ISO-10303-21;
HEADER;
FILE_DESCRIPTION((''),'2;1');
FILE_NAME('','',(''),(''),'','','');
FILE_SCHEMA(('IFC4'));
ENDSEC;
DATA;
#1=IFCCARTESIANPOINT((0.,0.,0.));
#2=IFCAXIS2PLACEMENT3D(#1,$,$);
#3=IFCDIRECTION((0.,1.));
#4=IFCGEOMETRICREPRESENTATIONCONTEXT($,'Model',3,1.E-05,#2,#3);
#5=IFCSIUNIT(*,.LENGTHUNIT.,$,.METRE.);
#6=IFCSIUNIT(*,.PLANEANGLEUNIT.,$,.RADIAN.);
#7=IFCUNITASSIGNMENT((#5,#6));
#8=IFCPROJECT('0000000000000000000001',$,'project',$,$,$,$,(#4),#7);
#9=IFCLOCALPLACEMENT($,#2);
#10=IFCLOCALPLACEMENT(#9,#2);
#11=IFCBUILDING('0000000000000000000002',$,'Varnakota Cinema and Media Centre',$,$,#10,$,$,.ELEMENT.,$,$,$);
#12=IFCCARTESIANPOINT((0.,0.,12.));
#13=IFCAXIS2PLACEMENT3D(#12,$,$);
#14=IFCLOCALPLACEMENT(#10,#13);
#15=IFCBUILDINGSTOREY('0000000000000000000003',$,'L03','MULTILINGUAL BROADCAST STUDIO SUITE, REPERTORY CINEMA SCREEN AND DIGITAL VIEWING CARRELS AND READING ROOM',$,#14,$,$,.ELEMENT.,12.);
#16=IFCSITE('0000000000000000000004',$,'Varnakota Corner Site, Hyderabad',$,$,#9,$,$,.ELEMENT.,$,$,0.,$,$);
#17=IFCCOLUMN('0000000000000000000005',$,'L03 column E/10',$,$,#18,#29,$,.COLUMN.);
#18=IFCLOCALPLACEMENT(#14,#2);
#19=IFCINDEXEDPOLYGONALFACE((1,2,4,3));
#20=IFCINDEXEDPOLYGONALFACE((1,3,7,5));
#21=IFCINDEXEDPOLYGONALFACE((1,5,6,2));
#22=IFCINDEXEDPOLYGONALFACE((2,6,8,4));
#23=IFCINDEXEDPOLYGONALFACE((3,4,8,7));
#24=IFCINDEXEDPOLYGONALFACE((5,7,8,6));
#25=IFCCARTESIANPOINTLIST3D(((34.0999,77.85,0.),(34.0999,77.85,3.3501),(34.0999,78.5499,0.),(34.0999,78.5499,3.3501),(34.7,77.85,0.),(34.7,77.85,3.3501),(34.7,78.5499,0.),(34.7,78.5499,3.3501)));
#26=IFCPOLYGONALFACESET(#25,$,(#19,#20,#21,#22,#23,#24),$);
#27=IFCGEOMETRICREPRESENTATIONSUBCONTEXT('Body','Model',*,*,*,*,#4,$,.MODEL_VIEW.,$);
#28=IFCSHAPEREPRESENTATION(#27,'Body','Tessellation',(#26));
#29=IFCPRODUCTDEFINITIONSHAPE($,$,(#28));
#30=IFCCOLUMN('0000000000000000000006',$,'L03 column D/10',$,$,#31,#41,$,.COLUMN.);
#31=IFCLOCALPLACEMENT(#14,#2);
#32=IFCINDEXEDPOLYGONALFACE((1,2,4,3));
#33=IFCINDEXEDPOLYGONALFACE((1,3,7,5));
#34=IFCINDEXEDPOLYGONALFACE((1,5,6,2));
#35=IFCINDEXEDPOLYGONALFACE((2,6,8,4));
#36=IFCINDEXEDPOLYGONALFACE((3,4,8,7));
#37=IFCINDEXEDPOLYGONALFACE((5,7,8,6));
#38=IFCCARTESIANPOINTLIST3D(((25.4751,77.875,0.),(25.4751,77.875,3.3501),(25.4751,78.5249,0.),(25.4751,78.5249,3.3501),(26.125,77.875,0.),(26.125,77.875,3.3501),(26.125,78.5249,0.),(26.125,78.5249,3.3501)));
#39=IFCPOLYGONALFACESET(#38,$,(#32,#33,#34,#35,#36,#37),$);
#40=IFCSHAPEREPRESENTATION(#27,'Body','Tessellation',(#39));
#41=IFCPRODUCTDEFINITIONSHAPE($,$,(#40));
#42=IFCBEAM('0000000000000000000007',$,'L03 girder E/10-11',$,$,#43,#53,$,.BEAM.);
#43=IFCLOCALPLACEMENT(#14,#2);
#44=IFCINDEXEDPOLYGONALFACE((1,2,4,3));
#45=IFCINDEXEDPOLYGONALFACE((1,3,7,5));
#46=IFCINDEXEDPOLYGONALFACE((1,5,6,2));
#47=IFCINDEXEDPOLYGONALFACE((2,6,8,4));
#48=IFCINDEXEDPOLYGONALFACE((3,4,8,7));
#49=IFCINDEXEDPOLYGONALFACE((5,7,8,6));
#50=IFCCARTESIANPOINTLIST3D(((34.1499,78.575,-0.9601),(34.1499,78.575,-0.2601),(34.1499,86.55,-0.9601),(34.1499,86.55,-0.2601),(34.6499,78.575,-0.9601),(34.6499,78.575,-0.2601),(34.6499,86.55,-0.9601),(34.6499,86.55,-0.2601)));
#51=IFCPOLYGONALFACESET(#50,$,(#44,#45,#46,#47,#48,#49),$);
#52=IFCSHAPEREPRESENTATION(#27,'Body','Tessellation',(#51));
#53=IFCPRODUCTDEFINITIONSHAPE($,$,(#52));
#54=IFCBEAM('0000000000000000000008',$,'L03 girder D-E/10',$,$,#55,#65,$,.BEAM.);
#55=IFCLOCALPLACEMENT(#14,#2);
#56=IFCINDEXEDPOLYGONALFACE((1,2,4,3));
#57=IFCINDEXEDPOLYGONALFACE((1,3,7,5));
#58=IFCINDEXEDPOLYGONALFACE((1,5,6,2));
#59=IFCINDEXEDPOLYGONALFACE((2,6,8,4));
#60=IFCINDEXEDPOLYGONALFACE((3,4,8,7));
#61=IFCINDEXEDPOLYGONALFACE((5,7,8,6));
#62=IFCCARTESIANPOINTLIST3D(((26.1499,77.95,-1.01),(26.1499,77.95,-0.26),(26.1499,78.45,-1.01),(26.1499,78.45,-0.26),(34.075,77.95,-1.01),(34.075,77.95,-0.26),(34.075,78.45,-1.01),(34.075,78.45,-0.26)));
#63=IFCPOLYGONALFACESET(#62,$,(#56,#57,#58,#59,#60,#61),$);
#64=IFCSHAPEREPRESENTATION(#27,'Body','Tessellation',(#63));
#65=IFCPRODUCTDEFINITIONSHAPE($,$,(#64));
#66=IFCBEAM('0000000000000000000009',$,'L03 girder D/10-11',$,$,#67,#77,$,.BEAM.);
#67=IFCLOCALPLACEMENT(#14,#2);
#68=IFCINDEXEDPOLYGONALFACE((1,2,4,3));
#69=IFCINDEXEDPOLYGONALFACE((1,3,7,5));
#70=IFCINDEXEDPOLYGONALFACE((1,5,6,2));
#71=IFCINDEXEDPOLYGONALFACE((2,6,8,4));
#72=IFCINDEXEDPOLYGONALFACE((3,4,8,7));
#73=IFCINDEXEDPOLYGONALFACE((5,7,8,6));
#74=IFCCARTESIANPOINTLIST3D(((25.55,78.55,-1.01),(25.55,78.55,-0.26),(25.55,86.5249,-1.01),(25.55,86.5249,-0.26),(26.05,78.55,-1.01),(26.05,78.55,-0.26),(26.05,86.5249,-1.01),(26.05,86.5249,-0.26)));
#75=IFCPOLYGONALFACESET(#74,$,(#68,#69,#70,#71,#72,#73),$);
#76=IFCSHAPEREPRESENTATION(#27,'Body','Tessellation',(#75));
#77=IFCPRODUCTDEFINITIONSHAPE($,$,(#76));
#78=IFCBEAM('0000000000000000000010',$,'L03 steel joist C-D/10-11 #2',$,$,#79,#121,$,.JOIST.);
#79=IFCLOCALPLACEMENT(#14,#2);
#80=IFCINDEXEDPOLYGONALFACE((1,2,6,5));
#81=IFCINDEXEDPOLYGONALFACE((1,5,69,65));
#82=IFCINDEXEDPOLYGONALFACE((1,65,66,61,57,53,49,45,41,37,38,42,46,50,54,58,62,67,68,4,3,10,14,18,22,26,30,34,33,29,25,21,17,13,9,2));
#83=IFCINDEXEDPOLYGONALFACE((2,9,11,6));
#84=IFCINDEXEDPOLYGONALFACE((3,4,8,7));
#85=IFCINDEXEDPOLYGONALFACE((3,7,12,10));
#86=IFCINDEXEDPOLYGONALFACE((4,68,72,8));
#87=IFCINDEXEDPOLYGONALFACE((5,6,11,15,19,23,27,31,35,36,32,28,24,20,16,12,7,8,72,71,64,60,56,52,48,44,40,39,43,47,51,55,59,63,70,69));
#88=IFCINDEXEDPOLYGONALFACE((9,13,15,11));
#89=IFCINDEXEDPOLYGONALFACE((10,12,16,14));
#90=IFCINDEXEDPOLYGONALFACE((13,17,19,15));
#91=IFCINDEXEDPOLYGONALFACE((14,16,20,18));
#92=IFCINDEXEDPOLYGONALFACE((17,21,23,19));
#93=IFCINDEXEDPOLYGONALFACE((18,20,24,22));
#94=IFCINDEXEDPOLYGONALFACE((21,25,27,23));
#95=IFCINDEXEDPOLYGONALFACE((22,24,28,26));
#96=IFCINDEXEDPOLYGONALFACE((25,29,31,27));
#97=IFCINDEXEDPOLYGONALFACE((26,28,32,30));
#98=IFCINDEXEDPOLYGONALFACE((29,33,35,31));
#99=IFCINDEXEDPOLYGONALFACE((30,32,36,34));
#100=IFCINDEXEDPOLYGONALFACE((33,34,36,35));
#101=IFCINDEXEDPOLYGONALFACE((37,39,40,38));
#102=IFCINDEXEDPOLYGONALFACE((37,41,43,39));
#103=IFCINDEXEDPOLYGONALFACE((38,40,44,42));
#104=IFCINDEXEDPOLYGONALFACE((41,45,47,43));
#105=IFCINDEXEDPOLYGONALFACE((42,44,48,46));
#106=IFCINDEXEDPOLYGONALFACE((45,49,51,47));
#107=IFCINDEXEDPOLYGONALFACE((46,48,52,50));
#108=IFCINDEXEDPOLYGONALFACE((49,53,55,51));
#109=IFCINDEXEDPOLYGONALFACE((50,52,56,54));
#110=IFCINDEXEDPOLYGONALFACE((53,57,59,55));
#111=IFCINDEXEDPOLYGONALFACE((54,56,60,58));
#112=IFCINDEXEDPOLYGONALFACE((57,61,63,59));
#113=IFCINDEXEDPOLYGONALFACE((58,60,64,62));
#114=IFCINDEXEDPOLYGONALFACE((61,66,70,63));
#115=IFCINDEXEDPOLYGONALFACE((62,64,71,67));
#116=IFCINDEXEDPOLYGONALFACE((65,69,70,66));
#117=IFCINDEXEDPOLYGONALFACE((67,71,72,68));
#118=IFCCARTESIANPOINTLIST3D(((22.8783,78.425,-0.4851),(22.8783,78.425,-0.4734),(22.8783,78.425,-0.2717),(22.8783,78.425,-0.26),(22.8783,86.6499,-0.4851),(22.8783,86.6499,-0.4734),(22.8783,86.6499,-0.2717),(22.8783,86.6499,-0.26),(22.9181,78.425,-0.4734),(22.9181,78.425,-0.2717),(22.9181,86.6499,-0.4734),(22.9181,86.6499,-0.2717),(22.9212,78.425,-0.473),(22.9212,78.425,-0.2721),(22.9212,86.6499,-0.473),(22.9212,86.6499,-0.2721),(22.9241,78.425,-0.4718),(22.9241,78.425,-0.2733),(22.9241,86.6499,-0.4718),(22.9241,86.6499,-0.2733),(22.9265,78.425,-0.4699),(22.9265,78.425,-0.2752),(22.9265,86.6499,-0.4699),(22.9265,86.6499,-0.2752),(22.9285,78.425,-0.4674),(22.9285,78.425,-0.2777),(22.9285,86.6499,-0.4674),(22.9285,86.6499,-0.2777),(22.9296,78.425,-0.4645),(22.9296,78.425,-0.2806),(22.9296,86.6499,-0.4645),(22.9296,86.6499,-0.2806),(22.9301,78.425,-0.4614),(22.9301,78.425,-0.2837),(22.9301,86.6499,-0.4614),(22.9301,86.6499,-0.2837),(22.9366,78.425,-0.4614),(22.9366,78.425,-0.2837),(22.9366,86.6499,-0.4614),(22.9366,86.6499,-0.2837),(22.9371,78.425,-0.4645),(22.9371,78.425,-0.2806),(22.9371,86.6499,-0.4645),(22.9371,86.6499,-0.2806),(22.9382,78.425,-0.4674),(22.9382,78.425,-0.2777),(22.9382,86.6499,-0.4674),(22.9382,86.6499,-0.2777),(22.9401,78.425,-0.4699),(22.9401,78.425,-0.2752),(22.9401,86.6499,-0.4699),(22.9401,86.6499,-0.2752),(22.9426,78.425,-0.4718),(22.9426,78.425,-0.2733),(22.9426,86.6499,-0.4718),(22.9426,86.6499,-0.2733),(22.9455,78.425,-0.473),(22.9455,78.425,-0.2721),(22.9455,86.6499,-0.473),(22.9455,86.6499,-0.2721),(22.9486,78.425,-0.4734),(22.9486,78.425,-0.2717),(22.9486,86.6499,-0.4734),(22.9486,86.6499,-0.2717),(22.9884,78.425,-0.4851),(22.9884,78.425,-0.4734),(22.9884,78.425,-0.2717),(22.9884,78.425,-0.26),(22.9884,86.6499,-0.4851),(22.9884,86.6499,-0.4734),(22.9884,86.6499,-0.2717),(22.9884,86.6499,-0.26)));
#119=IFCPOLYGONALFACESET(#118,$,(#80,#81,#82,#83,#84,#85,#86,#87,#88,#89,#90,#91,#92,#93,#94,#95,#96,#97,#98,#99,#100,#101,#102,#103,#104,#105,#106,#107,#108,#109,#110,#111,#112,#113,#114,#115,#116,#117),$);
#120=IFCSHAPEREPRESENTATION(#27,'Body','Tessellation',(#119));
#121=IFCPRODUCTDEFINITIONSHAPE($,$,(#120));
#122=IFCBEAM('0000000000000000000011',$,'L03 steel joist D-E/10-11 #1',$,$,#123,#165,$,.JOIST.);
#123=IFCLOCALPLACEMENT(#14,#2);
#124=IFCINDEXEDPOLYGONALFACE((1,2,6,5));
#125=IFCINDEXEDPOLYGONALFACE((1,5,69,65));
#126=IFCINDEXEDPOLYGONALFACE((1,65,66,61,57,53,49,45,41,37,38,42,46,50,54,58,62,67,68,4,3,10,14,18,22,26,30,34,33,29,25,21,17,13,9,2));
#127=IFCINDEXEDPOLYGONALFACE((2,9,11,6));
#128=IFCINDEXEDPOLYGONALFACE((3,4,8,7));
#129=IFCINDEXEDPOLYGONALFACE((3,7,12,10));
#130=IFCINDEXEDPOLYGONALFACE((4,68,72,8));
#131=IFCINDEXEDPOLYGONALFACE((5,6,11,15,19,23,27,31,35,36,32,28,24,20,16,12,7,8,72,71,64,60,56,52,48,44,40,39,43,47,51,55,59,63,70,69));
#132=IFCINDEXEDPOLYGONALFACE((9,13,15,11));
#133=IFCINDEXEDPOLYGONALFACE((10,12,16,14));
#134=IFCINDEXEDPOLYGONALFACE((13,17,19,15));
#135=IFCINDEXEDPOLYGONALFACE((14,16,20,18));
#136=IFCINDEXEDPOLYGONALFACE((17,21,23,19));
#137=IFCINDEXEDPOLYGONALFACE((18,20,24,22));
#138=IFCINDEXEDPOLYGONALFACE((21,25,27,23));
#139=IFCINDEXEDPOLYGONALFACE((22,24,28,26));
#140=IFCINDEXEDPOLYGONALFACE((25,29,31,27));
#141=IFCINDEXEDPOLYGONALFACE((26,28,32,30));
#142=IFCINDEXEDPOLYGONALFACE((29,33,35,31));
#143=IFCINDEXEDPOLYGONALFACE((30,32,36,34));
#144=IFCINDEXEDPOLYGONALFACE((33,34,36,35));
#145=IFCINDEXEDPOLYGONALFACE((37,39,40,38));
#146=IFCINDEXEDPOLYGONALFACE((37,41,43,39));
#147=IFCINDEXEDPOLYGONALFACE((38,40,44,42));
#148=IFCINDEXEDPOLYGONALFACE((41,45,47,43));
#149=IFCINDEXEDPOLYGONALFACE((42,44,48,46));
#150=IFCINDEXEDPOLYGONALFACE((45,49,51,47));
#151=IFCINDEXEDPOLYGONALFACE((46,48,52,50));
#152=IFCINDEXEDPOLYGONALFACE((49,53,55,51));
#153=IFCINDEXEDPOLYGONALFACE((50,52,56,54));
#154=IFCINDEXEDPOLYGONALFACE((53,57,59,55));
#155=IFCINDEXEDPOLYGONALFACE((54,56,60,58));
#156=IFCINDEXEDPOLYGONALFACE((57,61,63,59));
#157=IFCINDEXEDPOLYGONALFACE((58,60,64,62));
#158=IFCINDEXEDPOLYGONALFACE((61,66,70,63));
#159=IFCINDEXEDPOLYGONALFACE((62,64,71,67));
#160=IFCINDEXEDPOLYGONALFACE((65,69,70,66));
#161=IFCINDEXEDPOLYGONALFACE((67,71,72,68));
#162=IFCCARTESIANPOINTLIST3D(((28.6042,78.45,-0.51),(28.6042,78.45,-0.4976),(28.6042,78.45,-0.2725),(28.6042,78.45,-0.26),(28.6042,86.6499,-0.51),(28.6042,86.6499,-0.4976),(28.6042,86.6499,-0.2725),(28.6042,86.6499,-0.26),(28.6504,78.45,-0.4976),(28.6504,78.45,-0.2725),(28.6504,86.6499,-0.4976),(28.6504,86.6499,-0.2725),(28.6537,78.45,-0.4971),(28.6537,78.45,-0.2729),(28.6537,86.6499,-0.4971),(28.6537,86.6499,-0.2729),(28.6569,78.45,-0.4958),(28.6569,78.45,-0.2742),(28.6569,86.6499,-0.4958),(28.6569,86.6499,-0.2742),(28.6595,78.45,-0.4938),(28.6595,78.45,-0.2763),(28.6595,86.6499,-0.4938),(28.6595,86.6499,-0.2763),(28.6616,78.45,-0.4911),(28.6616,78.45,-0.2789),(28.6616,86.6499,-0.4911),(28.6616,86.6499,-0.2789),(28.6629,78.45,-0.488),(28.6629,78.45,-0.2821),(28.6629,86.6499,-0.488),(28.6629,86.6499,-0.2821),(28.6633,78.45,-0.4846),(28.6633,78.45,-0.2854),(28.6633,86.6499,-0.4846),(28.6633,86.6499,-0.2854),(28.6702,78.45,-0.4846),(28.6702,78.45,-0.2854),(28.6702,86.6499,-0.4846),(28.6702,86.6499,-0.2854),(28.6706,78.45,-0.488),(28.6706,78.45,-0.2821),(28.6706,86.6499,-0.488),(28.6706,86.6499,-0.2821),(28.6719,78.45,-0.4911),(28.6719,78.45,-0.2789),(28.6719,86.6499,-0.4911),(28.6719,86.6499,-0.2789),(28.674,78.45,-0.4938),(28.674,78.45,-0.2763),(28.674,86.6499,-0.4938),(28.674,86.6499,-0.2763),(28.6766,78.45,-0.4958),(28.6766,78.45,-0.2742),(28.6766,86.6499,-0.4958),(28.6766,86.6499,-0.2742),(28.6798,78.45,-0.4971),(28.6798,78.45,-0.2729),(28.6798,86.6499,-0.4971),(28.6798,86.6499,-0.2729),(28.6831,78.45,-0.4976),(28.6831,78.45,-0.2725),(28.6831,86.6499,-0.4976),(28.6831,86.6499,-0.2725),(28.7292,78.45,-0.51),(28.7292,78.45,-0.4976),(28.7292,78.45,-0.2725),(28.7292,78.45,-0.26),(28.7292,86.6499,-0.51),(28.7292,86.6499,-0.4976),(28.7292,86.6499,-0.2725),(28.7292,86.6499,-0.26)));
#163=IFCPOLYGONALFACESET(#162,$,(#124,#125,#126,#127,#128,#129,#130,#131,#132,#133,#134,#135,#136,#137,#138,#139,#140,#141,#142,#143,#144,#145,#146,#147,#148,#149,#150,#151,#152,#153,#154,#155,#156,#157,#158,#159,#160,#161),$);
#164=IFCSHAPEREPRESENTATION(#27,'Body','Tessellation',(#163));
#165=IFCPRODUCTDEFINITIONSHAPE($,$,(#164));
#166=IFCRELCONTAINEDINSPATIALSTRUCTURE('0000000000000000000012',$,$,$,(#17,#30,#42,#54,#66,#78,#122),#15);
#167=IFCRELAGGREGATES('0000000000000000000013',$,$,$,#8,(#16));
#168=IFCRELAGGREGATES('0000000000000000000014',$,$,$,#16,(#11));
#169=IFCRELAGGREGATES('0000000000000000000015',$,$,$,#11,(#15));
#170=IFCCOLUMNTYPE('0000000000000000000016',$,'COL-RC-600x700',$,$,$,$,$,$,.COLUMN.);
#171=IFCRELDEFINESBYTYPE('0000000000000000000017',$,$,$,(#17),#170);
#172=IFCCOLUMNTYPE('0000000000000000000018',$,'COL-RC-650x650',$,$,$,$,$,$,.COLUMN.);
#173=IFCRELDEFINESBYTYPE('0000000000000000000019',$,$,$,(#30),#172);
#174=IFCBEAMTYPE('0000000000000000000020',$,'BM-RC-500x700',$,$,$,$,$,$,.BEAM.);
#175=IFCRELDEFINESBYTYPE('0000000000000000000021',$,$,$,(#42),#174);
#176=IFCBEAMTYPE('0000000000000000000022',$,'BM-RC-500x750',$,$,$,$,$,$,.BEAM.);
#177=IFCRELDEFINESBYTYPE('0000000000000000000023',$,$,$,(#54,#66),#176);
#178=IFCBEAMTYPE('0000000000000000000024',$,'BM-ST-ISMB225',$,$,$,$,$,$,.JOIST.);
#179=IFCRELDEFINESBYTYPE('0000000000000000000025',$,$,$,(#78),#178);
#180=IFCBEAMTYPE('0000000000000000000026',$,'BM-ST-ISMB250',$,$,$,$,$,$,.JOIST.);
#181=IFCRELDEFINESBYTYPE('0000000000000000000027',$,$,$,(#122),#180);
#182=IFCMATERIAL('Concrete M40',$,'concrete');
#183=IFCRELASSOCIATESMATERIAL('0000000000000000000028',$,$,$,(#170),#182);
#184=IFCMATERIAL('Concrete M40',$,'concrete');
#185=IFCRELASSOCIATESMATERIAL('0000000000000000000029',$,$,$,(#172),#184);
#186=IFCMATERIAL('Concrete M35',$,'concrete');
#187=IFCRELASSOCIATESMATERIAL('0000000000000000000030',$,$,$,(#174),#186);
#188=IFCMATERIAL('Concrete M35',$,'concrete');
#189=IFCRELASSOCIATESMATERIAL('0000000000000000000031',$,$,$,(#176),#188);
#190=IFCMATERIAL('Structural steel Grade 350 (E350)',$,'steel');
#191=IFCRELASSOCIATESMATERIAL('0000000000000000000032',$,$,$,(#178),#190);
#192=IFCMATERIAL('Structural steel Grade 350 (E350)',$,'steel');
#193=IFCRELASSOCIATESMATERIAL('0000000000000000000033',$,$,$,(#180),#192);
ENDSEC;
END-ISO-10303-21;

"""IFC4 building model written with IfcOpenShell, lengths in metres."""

from ifc_helpers import new_model, si_unit, direction, frame, origin, origin_2d, place, context, subcontext, project, spatial, rectangle, i_section, extrude, material, material_profile, profile_set, type_object, element, save


model = new_model("IFC4")

# Units and contexts
model_context = context("Model", 3, precision=1e-05, world=origin(), true_north=direction((0.0, 1.0)))
body_context = subcontext(model_context, "Body", "Model", "MODEL_VIEW")
ifc_project = project(units=[si_unit("LENGTHUNIT", "METRE"), si_unit("PLANEANGLEUNIT", "RADIAN")], contexts=[model_context])

# Site, building, storey
site_placement = place(None, origin())
site = spatial("IfcSite", under=ifc_project, at=site_placement, Name="Varnakota Corner Site, Hyderabad", CompositionType="ELEMENT", RefElevation=0.0)
building_placement = place(site_placement, origin())
building = spatial("IfcBuilding", under=site, at=building_placement, Name="Varnakota Cinema and Media Centre", CompositionType="ELEMENT")
storey_placement = place(building_placement, frame((0.0, 0.0, 12.0)))
storey = spatial("IfcBuildingStorey", under=building, at=storey_placement, Name="L03", Description="MULTILINGUAL BROADCAST STUDIO SUITE, REPERTORY CINEMA SCREEN AND DIGITAL VIEWING CARRELS AND READING ROOM", CompositionType="ELEMENT", Elevation=12.0)

# Columns
ifc_material_1 = material(Name="Concrete M40", Category="concrete")
ifc_material_profile_1 = material_profile(ifc_material_1, rectangle(XDim=0.6001, YDim=0.7, at=origin_2d()), Name="RC 600x700")
ifc_profile_set_1 = profile_set([ifc_material_profile_1], Name="Concrete M40")
column_type_1 = type_object("IfcColumnType", Name="COL-RC-600x700", PredefinedType="COLUMN", material=ifc_profile_set_1)
column_1_placement = place(storey_placement, frame((34.3999, 78.2, 0.0), z_axis=(0.0, 0.0, 1.0), x_axis=(1.0, 0.0, 0.0)))
element("IfcColumn", 1, at=column_1_placement, inside=storey, type_object=column_type_1, Name="L03 column E/10", PredefinedType="COLUMN", context=body_context, shape_type="SweptSolid", body=[
    extrude(rectangle(XDim=0.6001, YDim=0.7, at=origin_2d()), origin(), (0.0, 0.0, 1.0), 3.3501),
])
ifc_material_2 = material(Name="Concrete M40", Category="concrete")
ifc_material_profile_2 = material_profile(ifc_material_2, rectangle(XDim=0.6499, YDim=0.6499, at=origin_2d()), Name="RC 650x650")
ifc_profile_set_2 = profile_set([ifc_material_profile_2], Name="Concrete M40")
column_type_2 = type_object("IfcColumnType", Name="COL-RC-650x650", PredefinedType="COLUMN", material=ifc_profile_set_2)
column_2_placement = place(storey_placement, frame((25.8, 78.2, 0.0), z_axis=(0.0, 0.0, 1.0), x_axis=(1.0, 0.0, 0.0)))
element("IfcColumn", 2, at=column_2_placement, inside=storey, type_object=column_type_2, Name="L03 column D/10", PredefinedType="COLUMN", context=body_context, shape_type="SweptSolid", body=[
    extrude(rectangle(XDim=0.6499, YDim=0.6499, at=origin_2d()), origin(), (0.0, 0.0, 1.0), 3.3501),
])

# Beams
ifc_material_3 = material(Name="Concrete M35", Category="concrete")
ifc_material_profile_3 = material_profile(ifc_material_3, rectangle(XDim=0.5, YDim=0.7, at=origin_2d()), Name="RCB 500x700")
ifc_profile_set_3 = profile_set([ifc_material_profile_3], Name="Concrete M35")
beam_type_1 = type_object("IfcBeamType", Name="BM-RC-500x700", PredefinedType="BEAM", material=ifc_profile_set_3)
beam_1_placement = place(storey_placement, frame((34.3999, 78.575, -0.6101), z_axis=(0.0, 1.0, 0.0), x_axis=(-1.0, 0.0, 0.0)))
element("IfcBeam", 3, at=beam_1_placement, inside=storey, type_object=beam_type_1, Name="L03 girder E/10-11", PredefinedType="BEAM", context=body_context, shape_type="SweptSolid", body=[
    extrude(rectangle(XDim=0.5, YDim=0.7, at=origin_2d()), origin(), (0.0, 0.0, 1.0), 7.9751),
])
ifc_material_4 = material(Name="Concrete M35", Category="concrete")
ifc_material_profile_4 = material_profile(ifc_material_4, rectangle(XDim=0.5, YDim=0.75, at=origin_2d()), Name="RCB 500x750")
ifc_profile_set_4 = profile_set([ifc_material_profile_4], Name="Concrete M35")
beam_type_2 = type_object("IfcBeamType", Name="BM-RC-500x750", PredefinedType="BEAM", material=ifc_profile_set_4)
beam_2_placement = place(storey_placement, frame((26.1499, 78.2, -0.635), z_axis=(1.0, 0.0, 0.0), x_axis=(0.0, 1.0, 0.0)))
element("IfcBeam", 4, at=beam_2_placement, inside=storey, type_object=beam_type_2, Name="L03 girder D-E/10", PredefinedType="BEAM", context=body_context, shape_type="SweptSolid", body=[
    extrude(rectangle(XDim=0.5, YDim=0.75, at=origin_2d()), origin(), (0.0, 0.0, 1.0), 7.925),
])
beam_3_placement = place(storey_placement, frame((25.8, 78.55, -0.635), z_axis=(0.0, 1.0, 0.0), x_axis=(-1.0, 0.0, 0.0)))
element("IfcBeam", 5, at=beam_3_placement, inside=storey, type_object=beam_type_2, Name="L03 girder D/10-11", PredefinedType="BEAM", context=body_context, shape_type="SweptSolid", body=[
    extrude(rectangle(XDim=0.5, YDim=0.75, at=origin_2d()), origin(), (0.0, 0.0, 1.0), 7.9749),
])
ifc_material_5 = material(Name="Structural steel Grade 350 (E350)", Category="steel")
ifc_material_profile_5 = material_profile(ifc_material_5, i_section(OverallWidth=0.1101, OverallDepth=0.2251, WebThickness=0.0066, FlangeThickness=0.0117, FilletRadius=0.012, at=origin_2d()), Name="ISMB 225")
ifc_profile_set_5 = profile_set([ifc_material_profile_5], Name="Structural steel Grade 350 (E350)")
beam_type_3 = type_object("IfcBeamType", Name="BM-ST-ISMB225", PredefinedType="JOIST", material=ifc_profile_set_5)
beam_4_placement = place(storey_placement, frame((22.9333, 78.425, -0.3726), z_axis=(0.0, 1.0, 0.0), x_axis=(-1.0, 0.0, 0.0)))
element("IfcBeam", 6, at=beam_4_placement, inside=storey, type_object=beam_type_3, Name="L03 steel joist C-D/10-11 #2", PredefinedType="JOIST", context=body_context, shape_type="SweptSolid", body=[
    extrude(i_section(OverallWidth=0.1101, OverallDepth=0.2251, WebThickness=0.0066, FlangeThickness=0.0117, FilletRadius=0.012, at=origin_2d()), origin(), (0.0, 0.0, 1.0), 8.2249),
])
ifc_material_6 = material(Name="Structural steel Grade 350 (E350)", Category="steel")
ifc_material_profile_6 = material_profile(ifc_material_6, i_section(OverallWidth=0.125, OverallDepth=0.25, WebThickness=0.0068, FlangeThickness=0.0125, FilletRadius=0.0129, at=origin_2d()), Name="ISMB 250")
ifc_profile_set_6 = profile_set([ifc_material_profile_6], Name="Structural steel Grade 350 (E350)")
beam_type_4 = type_object("IfcBeamType", Name="BM-ST-ISMB250", PredefinedType="JOIST", material=ifc_profile_set_6)
for number, where, z_axis, x_axis, name in (
    (7, (28.6667, 78.45, -0.385), (0.0, 1.0, 0.0), (-1.0, 0.0, 0.0), "L03 steel joist D-E/10-11 #1"),
):
    element("IfcBeam", number, at=place(storey_placement, frame(where, z_axis=z_axis, x_axis=x_axis)), inside=storey, type_object=beam_type_4, Name=name, PredefinedType="JOIST", context=body_context, shape_type="SweptSolid", body=[
        extrude(i_section(OverallWidth=0.125, OverallDepth=0.25, WebThickness=0.0068, FlangeThickness=0.0125, FilletRadius=0.0129, at=origin_2d()), origin(), (0.0, 0.0, 1.0), 8.2),
    ])

save(model, "model.ifc")
